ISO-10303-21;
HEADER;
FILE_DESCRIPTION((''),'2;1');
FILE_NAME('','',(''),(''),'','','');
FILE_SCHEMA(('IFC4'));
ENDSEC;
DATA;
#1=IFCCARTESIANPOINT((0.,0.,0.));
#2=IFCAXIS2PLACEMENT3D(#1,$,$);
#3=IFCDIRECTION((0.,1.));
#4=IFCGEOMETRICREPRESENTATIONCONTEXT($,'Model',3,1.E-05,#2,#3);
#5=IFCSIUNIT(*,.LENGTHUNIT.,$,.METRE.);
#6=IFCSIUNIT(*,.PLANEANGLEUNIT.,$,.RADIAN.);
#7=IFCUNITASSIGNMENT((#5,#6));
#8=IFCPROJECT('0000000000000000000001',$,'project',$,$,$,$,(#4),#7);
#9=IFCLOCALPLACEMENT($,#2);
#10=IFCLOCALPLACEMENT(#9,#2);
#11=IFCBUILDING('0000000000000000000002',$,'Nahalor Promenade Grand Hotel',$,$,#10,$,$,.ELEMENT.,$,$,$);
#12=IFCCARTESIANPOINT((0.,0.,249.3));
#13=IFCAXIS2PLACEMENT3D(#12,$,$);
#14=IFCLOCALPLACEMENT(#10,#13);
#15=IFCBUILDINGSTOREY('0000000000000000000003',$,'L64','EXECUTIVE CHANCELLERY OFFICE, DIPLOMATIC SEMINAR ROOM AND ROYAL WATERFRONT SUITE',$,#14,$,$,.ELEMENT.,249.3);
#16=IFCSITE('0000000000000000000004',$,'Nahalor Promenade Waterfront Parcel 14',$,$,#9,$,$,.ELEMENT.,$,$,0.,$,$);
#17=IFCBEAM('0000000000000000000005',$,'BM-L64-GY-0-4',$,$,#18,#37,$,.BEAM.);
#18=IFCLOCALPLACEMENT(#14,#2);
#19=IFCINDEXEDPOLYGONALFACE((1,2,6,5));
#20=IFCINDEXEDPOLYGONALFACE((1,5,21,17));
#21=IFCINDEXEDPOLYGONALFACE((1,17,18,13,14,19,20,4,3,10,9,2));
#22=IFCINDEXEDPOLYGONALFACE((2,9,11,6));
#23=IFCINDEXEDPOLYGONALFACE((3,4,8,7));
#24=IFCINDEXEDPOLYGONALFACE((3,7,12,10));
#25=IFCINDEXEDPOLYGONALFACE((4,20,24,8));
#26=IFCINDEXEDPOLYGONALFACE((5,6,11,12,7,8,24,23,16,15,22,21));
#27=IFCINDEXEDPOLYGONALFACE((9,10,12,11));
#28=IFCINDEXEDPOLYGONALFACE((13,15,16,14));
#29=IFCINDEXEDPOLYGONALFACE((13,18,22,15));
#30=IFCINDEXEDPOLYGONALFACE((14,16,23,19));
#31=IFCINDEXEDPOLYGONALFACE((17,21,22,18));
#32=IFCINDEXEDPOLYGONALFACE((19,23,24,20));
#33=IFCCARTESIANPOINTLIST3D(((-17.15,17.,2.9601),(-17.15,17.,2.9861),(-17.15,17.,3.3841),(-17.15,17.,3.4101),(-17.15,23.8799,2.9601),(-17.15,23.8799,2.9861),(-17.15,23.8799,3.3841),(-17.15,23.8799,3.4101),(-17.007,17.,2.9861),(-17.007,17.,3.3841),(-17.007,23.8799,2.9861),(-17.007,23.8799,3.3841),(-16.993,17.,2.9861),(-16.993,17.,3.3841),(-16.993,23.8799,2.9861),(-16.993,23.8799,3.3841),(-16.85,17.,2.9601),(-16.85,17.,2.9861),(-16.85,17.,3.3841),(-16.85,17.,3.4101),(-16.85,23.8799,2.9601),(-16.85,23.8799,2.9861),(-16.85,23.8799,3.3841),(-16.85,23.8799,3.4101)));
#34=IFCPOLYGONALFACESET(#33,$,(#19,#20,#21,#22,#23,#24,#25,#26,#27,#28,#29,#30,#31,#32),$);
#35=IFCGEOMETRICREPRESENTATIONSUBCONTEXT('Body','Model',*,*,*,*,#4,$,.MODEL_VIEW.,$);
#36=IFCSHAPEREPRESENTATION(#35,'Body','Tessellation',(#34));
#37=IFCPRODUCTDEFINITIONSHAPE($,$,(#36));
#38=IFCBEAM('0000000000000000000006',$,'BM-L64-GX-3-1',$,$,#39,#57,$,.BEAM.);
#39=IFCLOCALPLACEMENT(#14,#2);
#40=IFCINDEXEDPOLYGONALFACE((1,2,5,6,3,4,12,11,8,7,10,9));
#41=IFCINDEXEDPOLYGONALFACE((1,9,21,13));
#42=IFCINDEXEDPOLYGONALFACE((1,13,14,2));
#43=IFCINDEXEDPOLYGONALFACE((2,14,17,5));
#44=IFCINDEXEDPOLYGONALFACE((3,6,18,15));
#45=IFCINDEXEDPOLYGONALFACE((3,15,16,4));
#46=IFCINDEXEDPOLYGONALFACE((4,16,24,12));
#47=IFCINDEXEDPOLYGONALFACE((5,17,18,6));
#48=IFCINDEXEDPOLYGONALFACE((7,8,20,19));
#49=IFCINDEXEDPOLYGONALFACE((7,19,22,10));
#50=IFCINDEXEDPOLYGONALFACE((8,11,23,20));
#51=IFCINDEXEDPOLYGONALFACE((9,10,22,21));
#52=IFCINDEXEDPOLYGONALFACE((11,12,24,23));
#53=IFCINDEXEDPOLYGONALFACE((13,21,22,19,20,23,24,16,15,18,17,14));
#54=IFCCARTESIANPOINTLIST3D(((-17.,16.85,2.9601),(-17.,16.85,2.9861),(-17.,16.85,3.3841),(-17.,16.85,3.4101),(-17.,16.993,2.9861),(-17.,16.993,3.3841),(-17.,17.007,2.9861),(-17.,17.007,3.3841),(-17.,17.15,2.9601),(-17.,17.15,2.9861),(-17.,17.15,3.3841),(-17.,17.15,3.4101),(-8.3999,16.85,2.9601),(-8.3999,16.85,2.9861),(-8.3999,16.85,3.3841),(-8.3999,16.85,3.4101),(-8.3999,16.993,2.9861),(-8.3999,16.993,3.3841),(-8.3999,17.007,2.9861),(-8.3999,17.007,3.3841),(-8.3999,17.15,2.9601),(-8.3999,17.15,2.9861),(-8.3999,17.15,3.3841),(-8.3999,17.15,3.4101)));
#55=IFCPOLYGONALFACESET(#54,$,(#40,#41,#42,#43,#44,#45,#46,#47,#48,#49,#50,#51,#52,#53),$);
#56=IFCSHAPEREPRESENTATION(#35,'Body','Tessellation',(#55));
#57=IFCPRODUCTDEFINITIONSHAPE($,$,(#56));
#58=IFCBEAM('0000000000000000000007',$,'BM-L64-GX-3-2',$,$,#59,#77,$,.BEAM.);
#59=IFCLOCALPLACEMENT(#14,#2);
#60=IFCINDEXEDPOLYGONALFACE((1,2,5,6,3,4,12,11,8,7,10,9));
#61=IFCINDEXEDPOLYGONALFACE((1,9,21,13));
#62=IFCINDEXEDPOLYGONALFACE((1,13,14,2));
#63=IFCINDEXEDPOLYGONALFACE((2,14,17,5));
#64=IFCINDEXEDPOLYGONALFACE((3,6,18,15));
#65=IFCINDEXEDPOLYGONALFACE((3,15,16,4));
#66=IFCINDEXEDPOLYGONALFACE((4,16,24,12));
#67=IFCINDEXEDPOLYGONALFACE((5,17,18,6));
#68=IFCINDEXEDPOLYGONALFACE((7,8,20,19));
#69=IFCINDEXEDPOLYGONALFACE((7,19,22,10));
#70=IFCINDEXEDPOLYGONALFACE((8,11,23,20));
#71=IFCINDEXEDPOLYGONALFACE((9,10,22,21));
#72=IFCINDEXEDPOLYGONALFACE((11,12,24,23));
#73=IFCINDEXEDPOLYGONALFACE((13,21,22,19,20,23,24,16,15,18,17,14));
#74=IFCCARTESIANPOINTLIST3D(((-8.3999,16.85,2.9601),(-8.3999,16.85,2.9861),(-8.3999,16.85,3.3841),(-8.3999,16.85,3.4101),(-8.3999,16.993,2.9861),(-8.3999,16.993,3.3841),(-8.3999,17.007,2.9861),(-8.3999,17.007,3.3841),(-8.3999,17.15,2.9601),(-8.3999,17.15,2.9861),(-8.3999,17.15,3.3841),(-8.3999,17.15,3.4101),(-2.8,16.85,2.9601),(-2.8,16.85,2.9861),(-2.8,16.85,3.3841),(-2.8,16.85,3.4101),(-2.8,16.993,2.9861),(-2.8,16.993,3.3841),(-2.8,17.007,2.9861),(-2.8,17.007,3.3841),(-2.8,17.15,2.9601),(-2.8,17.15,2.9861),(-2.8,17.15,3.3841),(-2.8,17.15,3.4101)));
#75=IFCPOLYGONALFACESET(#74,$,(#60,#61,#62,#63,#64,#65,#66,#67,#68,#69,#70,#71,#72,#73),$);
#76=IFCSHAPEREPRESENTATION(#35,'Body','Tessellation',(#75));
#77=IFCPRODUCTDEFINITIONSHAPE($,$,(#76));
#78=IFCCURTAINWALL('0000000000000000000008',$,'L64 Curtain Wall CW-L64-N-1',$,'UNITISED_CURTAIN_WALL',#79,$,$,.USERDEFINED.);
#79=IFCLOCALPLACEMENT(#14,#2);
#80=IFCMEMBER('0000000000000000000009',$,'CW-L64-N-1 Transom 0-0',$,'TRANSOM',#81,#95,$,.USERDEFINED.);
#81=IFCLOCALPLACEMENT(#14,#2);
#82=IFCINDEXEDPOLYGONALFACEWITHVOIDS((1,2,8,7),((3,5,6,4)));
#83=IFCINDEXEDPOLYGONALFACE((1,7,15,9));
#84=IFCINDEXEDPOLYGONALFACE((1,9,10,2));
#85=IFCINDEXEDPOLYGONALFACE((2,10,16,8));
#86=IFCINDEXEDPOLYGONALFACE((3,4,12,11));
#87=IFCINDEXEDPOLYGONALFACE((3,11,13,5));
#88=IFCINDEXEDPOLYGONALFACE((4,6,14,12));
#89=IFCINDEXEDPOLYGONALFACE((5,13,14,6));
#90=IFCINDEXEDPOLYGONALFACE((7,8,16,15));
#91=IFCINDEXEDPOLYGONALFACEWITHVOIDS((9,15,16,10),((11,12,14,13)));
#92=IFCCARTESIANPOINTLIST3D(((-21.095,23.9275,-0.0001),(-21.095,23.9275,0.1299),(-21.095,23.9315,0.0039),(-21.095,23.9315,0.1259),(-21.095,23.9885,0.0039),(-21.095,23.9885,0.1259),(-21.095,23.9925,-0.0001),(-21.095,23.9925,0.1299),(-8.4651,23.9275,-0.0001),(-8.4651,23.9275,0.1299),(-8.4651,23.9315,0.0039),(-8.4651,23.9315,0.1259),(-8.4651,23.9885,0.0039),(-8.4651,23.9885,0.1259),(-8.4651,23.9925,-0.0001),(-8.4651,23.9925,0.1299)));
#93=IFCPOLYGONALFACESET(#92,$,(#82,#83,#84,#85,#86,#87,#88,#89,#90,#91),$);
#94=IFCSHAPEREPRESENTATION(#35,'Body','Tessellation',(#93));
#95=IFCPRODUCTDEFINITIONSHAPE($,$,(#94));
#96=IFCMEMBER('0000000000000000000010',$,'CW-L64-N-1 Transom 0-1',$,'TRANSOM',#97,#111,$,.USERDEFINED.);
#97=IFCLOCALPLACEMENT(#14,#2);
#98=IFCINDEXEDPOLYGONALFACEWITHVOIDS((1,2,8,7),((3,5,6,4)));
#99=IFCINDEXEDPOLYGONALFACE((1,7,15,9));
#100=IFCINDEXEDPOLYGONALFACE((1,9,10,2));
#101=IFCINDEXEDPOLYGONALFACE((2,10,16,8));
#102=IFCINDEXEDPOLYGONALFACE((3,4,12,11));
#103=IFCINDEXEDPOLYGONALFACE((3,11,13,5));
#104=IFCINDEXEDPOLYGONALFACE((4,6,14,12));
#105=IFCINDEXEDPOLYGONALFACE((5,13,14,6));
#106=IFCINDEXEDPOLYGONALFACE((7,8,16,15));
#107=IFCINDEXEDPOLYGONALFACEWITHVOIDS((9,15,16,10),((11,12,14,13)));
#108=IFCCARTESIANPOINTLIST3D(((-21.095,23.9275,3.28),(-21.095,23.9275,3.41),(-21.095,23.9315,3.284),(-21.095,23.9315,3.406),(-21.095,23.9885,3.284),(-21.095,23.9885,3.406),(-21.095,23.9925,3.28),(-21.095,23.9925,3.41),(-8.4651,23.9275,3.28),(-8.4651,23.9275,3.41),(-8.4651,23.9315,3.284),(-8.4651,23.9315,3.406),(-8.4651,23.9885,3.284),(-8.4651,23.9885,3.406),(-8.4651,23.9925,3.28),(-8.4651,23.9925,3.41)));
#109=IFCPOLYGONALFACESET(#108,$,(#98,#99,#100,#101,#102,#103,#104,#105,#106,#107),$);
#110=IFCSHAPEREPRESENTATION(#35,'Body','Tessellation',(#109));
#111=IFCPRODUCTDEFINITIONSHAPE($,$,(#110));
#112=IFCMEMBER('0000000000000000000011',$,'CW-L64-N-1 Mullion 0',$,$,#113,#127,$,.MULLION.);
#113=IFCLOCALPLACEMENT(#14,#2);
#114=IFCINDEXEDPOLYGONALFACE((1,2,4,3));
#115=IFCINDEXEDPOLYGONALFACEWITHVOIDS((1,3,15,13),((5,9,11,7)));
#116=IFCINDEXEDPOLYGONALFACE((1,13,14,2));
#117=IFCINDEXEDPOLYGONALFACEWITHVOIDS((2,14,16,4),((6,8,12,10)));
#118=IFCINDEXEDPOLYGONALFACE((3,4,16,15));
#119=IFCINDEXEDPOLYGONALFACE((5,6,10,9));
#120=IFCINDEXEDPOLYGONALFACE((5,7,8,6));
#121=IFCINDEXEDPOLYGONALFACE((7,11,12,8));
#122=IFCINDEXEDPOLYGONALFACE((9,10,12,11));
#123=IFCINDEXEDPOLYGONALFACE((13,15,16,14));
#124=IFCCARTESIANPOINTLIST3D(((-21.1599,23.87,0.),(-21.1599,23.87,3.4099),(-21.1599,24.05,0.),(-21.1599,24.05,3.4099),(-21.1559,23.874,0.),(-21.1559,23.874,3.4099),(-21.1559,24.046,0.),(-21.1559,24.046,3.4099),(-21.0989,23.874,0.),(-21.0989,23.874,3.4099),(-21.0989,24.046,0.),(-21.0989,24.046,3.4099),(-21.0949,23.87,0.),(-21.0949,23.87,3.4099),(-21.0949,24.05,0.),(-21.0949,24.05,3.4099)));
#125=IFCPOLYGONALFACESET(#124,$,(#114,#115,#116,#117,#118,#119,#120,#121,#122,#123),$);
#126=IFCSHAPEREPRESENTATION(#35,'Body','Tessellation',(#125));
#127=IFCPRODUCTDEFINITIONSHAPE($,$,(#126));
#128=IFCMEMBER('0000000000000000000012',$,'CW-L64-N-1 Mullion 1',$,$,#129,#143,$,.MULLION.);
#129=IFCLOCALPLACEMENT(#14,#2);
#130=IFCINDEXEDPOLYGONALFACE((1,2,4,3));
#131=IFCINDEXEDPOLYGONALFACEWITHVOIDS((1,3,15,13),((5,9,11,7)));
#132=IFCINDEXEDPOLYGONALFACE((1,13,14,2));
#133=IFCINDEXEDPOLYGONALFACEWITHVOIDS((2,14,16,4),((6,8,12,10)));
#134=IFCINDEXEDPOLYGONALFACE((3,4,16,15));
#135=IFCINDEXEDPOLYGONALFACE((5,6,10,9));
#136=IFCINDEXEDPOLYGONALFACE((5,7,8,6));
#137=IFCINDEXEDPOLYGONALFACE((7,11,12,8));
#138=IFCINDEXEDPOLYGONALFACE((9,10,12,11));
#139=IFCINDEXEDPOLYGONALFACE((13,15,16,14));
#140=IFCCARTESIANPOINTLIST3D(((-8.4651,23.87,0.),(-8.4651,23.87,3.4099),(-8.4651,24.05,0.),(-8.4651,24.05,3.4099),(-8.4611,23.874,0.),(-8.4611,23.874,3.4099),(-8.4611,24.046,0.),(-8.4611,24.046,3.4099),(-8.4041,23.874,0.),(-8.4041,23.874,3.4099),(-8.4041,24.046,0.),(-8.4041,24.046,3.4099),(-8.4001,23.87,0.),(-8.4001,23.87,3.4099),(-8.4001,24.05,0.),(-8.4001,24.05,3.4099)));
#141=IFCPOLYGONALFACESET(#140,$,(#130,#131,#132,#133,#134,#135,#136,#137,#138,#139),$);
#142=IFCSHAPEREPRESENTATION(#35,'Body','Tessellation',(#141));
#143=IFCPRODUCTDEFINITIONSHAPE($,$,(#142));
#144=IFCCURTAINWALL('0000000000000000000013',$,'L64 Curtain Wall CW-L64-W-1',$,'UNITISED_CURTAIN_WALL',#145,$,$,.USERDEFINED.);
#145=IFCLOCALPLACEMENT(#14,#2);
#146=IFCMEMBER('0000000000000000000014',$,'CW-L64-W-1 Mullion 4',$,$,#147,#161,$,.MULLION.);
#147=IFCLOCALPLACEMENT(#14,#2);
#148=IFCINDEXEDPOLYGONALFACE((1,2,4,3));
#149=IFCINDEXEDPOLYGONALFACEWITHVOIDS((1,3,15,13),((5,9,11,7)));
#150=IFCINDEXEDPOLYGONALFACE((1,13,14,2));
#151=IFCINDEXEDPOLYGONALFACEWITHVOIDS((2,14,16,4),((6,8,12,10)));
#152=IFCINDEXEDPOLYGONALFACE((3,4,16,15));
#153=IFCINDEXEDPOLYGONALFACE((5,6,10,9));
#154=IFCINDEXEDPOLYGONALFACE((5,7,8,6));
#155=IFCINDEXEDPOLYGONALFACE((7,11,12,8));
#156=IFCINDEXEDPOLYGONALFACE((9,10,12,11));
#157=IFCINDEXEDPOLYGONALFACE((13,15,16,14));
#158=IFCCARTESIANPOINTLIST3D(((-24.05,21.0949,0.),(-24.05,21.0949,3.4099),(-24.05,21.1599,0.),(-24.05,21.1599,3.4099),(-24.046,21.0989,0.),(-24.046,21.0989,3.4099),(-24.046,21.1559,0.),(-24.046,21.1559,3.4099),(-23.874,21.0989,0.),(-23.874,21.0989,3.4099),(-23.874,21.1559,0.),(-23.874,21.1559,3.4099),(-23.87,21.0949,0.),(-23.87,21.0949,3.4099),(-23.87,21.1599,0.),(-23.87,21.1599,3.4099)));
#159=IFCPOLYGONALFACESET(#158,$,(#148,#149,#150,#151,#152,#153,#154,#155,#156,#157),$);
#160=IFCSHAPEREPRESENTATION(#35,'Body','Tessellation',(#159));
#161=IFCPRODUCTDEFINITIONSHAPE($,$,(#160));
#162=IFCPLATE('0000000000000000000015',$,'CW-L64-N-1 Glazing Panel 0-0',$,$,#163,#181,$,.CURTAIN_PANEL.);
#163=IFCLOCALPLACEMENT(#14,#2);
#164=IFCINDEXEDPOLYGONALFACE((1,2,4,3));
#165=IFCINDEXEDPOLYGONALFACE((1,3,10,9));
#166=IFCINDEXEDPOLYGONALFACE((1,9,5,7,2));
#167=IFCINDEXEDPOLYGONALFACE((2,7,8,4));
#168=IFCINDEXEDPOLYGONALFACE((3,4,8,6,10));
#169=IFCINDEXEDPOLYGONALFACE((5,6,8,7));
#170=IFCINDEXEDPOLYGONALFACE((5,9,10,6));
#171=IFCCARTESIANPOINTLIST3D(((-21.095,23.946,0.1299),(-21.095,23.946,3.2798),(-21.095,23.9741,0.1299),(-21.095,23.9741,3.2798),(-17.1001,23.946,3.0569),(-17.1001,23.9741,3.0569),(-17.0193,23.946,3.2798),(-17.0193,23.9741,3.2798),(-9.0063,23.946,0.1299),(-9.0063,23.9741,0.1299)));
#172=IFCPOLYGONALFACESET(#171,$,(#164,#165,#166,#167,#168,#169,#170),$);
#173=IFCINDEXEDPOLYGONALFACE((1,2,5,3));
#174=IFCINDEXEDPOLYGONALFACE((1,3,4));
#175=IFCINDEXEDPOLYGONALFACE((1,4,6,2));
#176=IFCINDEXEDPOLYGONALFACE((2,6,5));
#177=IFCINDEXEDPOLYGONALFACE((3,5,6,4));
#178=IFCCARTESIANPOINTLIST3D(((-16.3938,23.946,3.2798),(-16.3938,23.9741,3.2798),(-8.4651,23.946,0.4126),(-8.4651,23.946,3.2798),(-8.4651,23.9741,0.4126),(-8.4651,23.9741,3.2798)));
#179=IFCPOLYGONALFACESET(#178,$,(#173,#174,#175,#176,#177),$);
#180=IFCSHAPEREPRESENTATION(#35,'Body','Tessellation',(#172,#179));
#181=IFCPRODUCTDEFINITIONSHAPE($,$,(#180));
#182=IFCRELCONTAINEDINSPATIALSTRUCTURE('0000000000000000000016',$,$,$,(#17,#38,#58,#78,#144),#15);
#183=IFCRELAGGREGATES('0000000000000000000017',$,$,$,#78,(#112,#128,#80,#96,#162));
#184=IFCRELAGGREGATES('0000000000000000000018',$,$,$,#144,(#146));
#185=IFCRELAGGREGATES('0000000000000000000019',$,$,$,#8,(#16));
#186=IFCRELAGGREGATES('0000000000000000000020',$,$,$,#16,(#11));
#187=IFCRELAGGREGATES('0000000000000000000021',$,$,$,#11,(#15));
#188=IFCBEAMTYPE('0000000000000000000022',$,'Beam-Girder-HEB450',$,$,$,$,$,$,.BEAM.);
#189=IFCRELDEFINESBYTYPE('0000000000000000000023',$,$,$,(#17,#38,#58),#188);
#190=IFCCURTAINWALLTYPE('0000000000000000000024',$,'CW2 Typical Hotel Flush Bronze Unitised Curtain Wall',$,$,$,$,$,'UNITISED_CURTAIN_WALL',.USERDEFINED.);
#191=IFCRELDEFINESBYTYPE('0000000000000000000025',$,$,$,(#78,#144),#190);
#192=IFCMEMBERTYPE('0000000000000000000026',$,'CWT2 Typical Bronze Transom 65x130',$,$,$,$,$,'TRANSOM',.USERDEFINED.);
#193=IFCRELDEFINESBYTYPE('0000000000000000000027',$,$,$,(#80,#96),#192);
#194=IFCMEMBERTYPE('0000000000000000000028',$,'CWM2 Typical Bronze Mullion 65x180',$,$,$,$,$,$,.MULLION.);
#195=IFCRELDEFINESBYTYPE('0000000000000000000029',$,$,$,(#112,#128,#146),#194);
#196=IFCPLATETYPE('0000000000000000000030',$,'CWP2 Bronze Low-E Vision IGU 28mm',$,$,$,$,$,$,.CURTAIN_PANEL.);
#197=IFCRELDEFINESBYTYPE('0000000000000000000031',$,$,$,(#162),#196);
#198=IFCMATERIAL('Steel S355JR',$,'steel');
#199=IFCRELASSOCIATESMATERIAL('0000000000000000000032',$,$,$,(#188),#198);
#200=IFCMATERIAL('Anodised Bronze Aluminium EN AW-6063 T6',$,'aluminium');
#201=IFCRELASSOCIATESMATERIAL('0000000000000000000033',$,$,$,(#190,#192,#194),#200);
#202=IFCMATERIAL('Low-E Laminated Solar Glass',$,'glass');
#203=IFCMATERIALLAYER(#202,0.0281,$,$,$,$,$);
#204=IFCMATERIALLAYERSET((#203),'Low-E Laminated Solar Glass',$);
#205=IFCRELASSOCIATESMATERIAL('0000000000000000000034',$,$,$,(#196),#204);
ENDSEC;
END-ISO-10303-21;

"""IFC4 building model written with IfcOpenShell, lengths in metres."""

from ifc_helpers import new_model, si_unit, direction, frame, origin, origin_2d, place, context, subcontext, project, spatial, polyline, hollow_rectangle, i_section, outline, extrude, source, transform, mapped, material, layer, layer_set, material_profile, profile_set, type_object, element, aggregate, save


model = new_model("IFC4")

# Units and contexts
model_context = context("Model", 3, precision=1e-05, world=origin(), true_north=direction((0.0, 1.0)))
body_context = subcontext(model_context, "Body", "Model", "MODEL_VIEW")
ifc_project = project(units=[si_unit("LENGTHUNIT", "METRE"), si_unit("PLANEANGLEUNIT", "RADIAN")], contexts=[model_context])

# Site, building, storey
site_placement = place(None, origin())
site = spatial("IfcSite", under=ifc_project, at=site_placement, Name="Nahalor Promenade Waterfront Parcel 14", CompositionType="ELEMENT", RefElevation=0.0)
building_placement = place(site_placement, origin())
building = spatial("IfcBuilding", under=site, at=building_placement, Name="Nahalor Promenade Grand Hotel", CompositionType="ELEMENT")
storey_placement = place(building_placement, frame((0.0, 0.0, 249.3)))
storey = spatial("IfcBuildingStorey", under=building, at=storey_placement, Name="L64", Description="EXECUTIVE CHANCELLERY OFFICE, DIPLOMATIC SEMINAR ROOM AND ROYAL WATERFRONT SUITE", CompositionType="ELEMENT", Elevation=249.3)

# Shared definitions
ifc_material_1 = material(Name="Steel S355JR", Category="steel")

# Beams
ifc_material_profile_1 = material_profile(ifc_material_1, i_section(OverallWidth=0.3, OverallDepth=0.45, WebThickness=0.014, FlangeThickness=0.026, at=origin_2d()), Name="HEB 450")
ifc_profile_set_1 = profile_set([ifc_material_profile_1], Name="Steel S355JR")
beam_type_1 = type_object("IfcBeamType", Name="Beam-Girder-HEB450", PredefinedType="BEAM", material=ifc_profile_set_1)
shared_shape_1 = source(origin(), body_context, "Body", "SweptSolid", [
    extrude(i_section(OverallWidth=0.3, OverallDepth=0.45, WebThickness=0.014, FlangeThickness=0.026, at=origin_2d()), origin(), (0.0, 0.0, 1.0), 6.8799),
])
for number, where, z_axis, x_axis, name in (
    (1, (-17.0, 17.0, 3.1851), (0.0, 1.0, 0.0), (-1.0, 0.0, 0.0), "BM-L64-GY-0-4"),
):
    element("IfcBeam", number, at=place(storey_placement, frame(where, z_axis=z_axis, x_axis=x_axis)), inside=storey, type_object=beam_type_1, Name=name, PredefinedType="BEAM", context=body_context, shape_type="MappedRepresentation", body=[
        mapped(shared_shape_1, transform((0.0, 0.0, 0.0), scale=1.0)),
    ])
shared_shape_2 = source(origin(), body_context, "Body", "SweptSolid", [
    extrude(i_section(OverallWidth=0.3, OverallDepth=0.45, WebThickness=0.014, FlangeThickness=0.026, at=origin_2d()), origin(), (0.0, 0.0, 1.0), 8.6001),
])
beam_1_placement = place(storey_placement, frame((-17.0, 17.0, 3.1851), z_axis=(1.0, 0.0, 0.0), x_axis=(0.0, 1.0, 0.0)))
element("IfcBeam", 2, at=beam_1_placement, inside=storey, type_object=beam_type_1, Name="BM-L64-GX-3-1", PredefinedType="BEAM", context=body_context, shape_type="MappedRepresentation", body=[
    mapped(shared_shape_2, transform((0.0, 0.0, 0.0), scale=1.0)),
])
shared_shape_3 = source(origin(), body_context, "Body", "SweptSolid", [
    extrude(i_section(OverallWidth=0.3, OverallDepth=0.45, WebThickness=0.014, FlangeThickness=0.026, at=origin_2d()), origin(), (0.0, 0.0, 1.0), 5.5999),
])
beam_2_placement = place(storey_placement, frame((-8.3999, 17.0, 3.1851), z_axis=(1.0, 0.0, 0.0), x_axis=(0.0, 1.0, 0.0)))
element("IfcBeam", 3, at=beam_2_placement, inside=storey, type_object=beam_type_1, Name="BM-L64-GX-3-2", PredefinedType="BEAM", context=body_context, shape_type="MappedRepresentation", body=[
    mapped(shared_shape_3, transform((0.0, 0.0, 0.0), scale=1.0)),
])

# Curtain wall, members
ifc_material_2 = material(Name="Anodised Bronze Aluminium EN AW-6063 T6", Category="aluminium")
curtain_wall_type = type_object("IfcCurtainWallType", Name="CW2 Typical Hotel Flush Bronze Unitised Curtain Wall", ElementType="UNITISED_CURTAIN_WALL", PredefinedType="USERDEFINED", material=ifc_material_2)
curtain_wall_1_placement = place(storey_placement, origin())
curtain_wall_1 = element("IfcCurtainWall", 4, at=curtain_wall_1_placement, inside=storey, type_object=curtain_wall_type, Name="L64 Curtain Wall CW-L64-N-1", ObjectType="UNITISED_CURTAIN_WALL", PredefinedType="USERDEFINED")
ifc_material_profile_2 = material_profile(ifc_material_2, hollow_rectangle(XDim=0.065, YDim=0.13, WallThickness=0.004, at=origin_2d()), Name="CWT 65x130x4")
ifc_profile_set_2 = profile_set([ifc_material_profile_2], Name="Anodised Bronze Aluminium EN AW-6063 T6")
member_type_1 = type_object("IfcMemberType", Name="CWT2 Typical Bronze Transom 65x130", ElementType="TRANSOM", PredefinedType="USERDEFINED", material=ifc_profile_set_2)
shared_shape_4 = source(origin(), body_context, "Body", "SweptSolid", [
    extrude(hollow_rectangle(XDim=0.065, YDim=0.13, WallThickness=0.004, at=origin_2d()), origin(), (0.0, 0.0, 1.0), 12.6299),
])
member_1_placement = place(storey_placement, frame((-21.095, 23.96, 0.0649), z_axis=(1.0, 0.0, 0.0), x_axis=(0.0, 1.0, 0.0)))
member_1 = element("IfcMember", 5, at=member_1_placement, type_object=member_type_1, Name="CW-L64-N-1 Transom 0-0", ObjectType="TRANSOM", PredefinedType="USERDEFINED", context=body_context, shape_type="MappedRepresentation", body=[
    mapped(shared_shape_4, transform((0.0, 0.0, 0.0), scale=1.0)),
])
member_2_placement = place(storey_placement, frame((-21.095, 23.96, 3.345), z_axis=(1.0, 0.0, 0.0), x_axis=(0.0, 1.0, 0.0)))
member_2 = element("IfcMember", 6, at=member_2_placement, type_object=member_type_1, Name="CW-L64-N-1 Transom 0-1", ObjectType="TRANSOM", PredefinedType="USERDEFINED", context=body_context, shape_type="MappedRepresentation", body=[
    mapped(shared_shape_4, transform((0.0, 0.0, 0.0), scale=1.0)),
])
ifc_material_profile_3 = material_profile(ifc_material_2, hollow_rectangle(XDim=0.065, YDim=0.18, WallThickness=0.004, at=origin_2d()), Name="CWM 65x180x4")
ifc_profile_set_3 = profile_set([ifc_material_profile_3], Name="Anodised Bronze Aluminium EN AW-6063 T6")
member_type_2 = type_object("IfcMemberType", Name="CWM2 Typical Bronze Mullion 65x180", PredefinedType="MULLION", material=ifc_profile_set_3)
shared_shape_5 = source(origin(), body_context, "Body", "SweptSolid", [
    extrude(hollow_rectangle(XDim=0.065, YDim=0.18, WallThickness=0.004, at=origin_2d()), origin(), (0.0, 0.0, 1.0), 3.4099),
])
member_3_placement = place(storey_placement, frame((-21.1274, 23.96, 0.0), z_axis=(0.0, 0.0, 1.0), x_axis=(1.0, 0.0, 0.0)))
member_3 = element("IfcMember", 7, at=member_3_placement, type_object=member_type_2, Name="CW-L64-N-1 Mullion 0", PredefinedType="MULLION", context=body_context, shape_type="MappedRepresentation", body=[
    mapped(shared_shape_5, transform((0.0, 0.0, 0.0), scale=1.0)),
])
member_4_placement = place(storey_placement, frame((-8.4326, 23.96, 0.0), z_axis=(0.0, 0.0, 1.0), x_axis=(1.0, 0.0, 0.0)))
member_4 = element("IfcMember", 8, at=member_4_placement, type_object=member_type_2, Name="CW-L64-N-1 Mullion 1", PredefinedType="MULLION", context=body_context, shape_type="MappedRepresentation", body=[
    mapped(shared_shape_5, transform((0.0, 0.0, 0.0), scale=1.0)),
])

# Curtain wall, member
curtain_wall_2_placement = place(storey_placement, origin())
curtain_wall_2 = element("IfcCurtainWall", 9, at=curtain_wall_2_placement, inside=storey, type_object=curtain_wall_type, Name="L64 Curtain Wall CW-L64-W-1", ObjectType="UNITISED_CURTAIN_WALL", PredefinedType="USERDEFINED")
member_5_placement = place(storey_placement, frame((-23.96, 21.1274, 0.0), z_axis=(0.0, 0.0, 1.0), x_axis=(0.0, 1.0, 0.0)))
member_5 = element("IfcMember", 10, at=member_5_placement, type_object=member_type_2, Name="CW-L64-W-1 Mullion 4", PredefinedType="MULLION", context=body_context, shape_type="MappedRepresentation", body=[
    mapped(shared_shape_5, transform((0.0, 0.0, 0.0), scale=1.0)),
])

# Plate
ifc_material_3 = material(Name="Low-E Laminated Solar Glass", Category="glass")
ifc_layer_1 = layer(ifc_material_3, 0.0281)
ifc_layer_set_1 = layer_set([ifc_layer_1], Name="Low-E Laminated Solar Glass")
plate_type_1 = type_object("IfcPlateType", Name="CWP2 Bronze Low-E Vision IGU 28mm", PredefinedType="CURTAIN_PANEL", material=ifc_layer_set_1)
plate_1_placement = place(storey_placement, frame((-14.78, 23.96, 0.1299), z_axis=(0.0, 0.0, 1.0), x_axis=(1.0, 0.0, 0.0)))
plate_1 = element("IfcPlate", 11, at=plate_1_placement, type_object=plate_type_1, Name="CW-L64-N-1 Glazing Panel 0-0", PredefinedType="CURTAIN_PANEL", context=body_context, shape_type="SweptSolid", body=[
    extrude(outline(polyline([(-6.3149, 3.1499), (-6.3149, 0.0), (5.7737, 0.0), (-2.3201, 2.927), (-2.2393, 3.1499), (-6.3149, 3.1499)])), frame((0.0, 0.0142, 0.0), z_axis=(0.0, -1.0, 0.0), x_axis=(1.0, 0.0, 0.0)), (0.0, 0.0, 1.0), 0.0281),
    extrude(outline(polyline([(6.3149, 0.2827), (6.3149, 3.1499), (-1.6138, 3.1499), (6.3149, 0.2827)])), frame((0.0, 0.0142, 0.0), z_axis=(0.0, -1.0, 0.0), x_axis=(1.0, 0.0, 0.0)), (0.0, 0.0, 1.0), 0.0281),
])
aggregate(curtain_wall_1, [member_3, member_4, member_1, member_2, plate_1])
aggregate(curtain_wall_2, [member_5])

save(model, "model.ifc")
